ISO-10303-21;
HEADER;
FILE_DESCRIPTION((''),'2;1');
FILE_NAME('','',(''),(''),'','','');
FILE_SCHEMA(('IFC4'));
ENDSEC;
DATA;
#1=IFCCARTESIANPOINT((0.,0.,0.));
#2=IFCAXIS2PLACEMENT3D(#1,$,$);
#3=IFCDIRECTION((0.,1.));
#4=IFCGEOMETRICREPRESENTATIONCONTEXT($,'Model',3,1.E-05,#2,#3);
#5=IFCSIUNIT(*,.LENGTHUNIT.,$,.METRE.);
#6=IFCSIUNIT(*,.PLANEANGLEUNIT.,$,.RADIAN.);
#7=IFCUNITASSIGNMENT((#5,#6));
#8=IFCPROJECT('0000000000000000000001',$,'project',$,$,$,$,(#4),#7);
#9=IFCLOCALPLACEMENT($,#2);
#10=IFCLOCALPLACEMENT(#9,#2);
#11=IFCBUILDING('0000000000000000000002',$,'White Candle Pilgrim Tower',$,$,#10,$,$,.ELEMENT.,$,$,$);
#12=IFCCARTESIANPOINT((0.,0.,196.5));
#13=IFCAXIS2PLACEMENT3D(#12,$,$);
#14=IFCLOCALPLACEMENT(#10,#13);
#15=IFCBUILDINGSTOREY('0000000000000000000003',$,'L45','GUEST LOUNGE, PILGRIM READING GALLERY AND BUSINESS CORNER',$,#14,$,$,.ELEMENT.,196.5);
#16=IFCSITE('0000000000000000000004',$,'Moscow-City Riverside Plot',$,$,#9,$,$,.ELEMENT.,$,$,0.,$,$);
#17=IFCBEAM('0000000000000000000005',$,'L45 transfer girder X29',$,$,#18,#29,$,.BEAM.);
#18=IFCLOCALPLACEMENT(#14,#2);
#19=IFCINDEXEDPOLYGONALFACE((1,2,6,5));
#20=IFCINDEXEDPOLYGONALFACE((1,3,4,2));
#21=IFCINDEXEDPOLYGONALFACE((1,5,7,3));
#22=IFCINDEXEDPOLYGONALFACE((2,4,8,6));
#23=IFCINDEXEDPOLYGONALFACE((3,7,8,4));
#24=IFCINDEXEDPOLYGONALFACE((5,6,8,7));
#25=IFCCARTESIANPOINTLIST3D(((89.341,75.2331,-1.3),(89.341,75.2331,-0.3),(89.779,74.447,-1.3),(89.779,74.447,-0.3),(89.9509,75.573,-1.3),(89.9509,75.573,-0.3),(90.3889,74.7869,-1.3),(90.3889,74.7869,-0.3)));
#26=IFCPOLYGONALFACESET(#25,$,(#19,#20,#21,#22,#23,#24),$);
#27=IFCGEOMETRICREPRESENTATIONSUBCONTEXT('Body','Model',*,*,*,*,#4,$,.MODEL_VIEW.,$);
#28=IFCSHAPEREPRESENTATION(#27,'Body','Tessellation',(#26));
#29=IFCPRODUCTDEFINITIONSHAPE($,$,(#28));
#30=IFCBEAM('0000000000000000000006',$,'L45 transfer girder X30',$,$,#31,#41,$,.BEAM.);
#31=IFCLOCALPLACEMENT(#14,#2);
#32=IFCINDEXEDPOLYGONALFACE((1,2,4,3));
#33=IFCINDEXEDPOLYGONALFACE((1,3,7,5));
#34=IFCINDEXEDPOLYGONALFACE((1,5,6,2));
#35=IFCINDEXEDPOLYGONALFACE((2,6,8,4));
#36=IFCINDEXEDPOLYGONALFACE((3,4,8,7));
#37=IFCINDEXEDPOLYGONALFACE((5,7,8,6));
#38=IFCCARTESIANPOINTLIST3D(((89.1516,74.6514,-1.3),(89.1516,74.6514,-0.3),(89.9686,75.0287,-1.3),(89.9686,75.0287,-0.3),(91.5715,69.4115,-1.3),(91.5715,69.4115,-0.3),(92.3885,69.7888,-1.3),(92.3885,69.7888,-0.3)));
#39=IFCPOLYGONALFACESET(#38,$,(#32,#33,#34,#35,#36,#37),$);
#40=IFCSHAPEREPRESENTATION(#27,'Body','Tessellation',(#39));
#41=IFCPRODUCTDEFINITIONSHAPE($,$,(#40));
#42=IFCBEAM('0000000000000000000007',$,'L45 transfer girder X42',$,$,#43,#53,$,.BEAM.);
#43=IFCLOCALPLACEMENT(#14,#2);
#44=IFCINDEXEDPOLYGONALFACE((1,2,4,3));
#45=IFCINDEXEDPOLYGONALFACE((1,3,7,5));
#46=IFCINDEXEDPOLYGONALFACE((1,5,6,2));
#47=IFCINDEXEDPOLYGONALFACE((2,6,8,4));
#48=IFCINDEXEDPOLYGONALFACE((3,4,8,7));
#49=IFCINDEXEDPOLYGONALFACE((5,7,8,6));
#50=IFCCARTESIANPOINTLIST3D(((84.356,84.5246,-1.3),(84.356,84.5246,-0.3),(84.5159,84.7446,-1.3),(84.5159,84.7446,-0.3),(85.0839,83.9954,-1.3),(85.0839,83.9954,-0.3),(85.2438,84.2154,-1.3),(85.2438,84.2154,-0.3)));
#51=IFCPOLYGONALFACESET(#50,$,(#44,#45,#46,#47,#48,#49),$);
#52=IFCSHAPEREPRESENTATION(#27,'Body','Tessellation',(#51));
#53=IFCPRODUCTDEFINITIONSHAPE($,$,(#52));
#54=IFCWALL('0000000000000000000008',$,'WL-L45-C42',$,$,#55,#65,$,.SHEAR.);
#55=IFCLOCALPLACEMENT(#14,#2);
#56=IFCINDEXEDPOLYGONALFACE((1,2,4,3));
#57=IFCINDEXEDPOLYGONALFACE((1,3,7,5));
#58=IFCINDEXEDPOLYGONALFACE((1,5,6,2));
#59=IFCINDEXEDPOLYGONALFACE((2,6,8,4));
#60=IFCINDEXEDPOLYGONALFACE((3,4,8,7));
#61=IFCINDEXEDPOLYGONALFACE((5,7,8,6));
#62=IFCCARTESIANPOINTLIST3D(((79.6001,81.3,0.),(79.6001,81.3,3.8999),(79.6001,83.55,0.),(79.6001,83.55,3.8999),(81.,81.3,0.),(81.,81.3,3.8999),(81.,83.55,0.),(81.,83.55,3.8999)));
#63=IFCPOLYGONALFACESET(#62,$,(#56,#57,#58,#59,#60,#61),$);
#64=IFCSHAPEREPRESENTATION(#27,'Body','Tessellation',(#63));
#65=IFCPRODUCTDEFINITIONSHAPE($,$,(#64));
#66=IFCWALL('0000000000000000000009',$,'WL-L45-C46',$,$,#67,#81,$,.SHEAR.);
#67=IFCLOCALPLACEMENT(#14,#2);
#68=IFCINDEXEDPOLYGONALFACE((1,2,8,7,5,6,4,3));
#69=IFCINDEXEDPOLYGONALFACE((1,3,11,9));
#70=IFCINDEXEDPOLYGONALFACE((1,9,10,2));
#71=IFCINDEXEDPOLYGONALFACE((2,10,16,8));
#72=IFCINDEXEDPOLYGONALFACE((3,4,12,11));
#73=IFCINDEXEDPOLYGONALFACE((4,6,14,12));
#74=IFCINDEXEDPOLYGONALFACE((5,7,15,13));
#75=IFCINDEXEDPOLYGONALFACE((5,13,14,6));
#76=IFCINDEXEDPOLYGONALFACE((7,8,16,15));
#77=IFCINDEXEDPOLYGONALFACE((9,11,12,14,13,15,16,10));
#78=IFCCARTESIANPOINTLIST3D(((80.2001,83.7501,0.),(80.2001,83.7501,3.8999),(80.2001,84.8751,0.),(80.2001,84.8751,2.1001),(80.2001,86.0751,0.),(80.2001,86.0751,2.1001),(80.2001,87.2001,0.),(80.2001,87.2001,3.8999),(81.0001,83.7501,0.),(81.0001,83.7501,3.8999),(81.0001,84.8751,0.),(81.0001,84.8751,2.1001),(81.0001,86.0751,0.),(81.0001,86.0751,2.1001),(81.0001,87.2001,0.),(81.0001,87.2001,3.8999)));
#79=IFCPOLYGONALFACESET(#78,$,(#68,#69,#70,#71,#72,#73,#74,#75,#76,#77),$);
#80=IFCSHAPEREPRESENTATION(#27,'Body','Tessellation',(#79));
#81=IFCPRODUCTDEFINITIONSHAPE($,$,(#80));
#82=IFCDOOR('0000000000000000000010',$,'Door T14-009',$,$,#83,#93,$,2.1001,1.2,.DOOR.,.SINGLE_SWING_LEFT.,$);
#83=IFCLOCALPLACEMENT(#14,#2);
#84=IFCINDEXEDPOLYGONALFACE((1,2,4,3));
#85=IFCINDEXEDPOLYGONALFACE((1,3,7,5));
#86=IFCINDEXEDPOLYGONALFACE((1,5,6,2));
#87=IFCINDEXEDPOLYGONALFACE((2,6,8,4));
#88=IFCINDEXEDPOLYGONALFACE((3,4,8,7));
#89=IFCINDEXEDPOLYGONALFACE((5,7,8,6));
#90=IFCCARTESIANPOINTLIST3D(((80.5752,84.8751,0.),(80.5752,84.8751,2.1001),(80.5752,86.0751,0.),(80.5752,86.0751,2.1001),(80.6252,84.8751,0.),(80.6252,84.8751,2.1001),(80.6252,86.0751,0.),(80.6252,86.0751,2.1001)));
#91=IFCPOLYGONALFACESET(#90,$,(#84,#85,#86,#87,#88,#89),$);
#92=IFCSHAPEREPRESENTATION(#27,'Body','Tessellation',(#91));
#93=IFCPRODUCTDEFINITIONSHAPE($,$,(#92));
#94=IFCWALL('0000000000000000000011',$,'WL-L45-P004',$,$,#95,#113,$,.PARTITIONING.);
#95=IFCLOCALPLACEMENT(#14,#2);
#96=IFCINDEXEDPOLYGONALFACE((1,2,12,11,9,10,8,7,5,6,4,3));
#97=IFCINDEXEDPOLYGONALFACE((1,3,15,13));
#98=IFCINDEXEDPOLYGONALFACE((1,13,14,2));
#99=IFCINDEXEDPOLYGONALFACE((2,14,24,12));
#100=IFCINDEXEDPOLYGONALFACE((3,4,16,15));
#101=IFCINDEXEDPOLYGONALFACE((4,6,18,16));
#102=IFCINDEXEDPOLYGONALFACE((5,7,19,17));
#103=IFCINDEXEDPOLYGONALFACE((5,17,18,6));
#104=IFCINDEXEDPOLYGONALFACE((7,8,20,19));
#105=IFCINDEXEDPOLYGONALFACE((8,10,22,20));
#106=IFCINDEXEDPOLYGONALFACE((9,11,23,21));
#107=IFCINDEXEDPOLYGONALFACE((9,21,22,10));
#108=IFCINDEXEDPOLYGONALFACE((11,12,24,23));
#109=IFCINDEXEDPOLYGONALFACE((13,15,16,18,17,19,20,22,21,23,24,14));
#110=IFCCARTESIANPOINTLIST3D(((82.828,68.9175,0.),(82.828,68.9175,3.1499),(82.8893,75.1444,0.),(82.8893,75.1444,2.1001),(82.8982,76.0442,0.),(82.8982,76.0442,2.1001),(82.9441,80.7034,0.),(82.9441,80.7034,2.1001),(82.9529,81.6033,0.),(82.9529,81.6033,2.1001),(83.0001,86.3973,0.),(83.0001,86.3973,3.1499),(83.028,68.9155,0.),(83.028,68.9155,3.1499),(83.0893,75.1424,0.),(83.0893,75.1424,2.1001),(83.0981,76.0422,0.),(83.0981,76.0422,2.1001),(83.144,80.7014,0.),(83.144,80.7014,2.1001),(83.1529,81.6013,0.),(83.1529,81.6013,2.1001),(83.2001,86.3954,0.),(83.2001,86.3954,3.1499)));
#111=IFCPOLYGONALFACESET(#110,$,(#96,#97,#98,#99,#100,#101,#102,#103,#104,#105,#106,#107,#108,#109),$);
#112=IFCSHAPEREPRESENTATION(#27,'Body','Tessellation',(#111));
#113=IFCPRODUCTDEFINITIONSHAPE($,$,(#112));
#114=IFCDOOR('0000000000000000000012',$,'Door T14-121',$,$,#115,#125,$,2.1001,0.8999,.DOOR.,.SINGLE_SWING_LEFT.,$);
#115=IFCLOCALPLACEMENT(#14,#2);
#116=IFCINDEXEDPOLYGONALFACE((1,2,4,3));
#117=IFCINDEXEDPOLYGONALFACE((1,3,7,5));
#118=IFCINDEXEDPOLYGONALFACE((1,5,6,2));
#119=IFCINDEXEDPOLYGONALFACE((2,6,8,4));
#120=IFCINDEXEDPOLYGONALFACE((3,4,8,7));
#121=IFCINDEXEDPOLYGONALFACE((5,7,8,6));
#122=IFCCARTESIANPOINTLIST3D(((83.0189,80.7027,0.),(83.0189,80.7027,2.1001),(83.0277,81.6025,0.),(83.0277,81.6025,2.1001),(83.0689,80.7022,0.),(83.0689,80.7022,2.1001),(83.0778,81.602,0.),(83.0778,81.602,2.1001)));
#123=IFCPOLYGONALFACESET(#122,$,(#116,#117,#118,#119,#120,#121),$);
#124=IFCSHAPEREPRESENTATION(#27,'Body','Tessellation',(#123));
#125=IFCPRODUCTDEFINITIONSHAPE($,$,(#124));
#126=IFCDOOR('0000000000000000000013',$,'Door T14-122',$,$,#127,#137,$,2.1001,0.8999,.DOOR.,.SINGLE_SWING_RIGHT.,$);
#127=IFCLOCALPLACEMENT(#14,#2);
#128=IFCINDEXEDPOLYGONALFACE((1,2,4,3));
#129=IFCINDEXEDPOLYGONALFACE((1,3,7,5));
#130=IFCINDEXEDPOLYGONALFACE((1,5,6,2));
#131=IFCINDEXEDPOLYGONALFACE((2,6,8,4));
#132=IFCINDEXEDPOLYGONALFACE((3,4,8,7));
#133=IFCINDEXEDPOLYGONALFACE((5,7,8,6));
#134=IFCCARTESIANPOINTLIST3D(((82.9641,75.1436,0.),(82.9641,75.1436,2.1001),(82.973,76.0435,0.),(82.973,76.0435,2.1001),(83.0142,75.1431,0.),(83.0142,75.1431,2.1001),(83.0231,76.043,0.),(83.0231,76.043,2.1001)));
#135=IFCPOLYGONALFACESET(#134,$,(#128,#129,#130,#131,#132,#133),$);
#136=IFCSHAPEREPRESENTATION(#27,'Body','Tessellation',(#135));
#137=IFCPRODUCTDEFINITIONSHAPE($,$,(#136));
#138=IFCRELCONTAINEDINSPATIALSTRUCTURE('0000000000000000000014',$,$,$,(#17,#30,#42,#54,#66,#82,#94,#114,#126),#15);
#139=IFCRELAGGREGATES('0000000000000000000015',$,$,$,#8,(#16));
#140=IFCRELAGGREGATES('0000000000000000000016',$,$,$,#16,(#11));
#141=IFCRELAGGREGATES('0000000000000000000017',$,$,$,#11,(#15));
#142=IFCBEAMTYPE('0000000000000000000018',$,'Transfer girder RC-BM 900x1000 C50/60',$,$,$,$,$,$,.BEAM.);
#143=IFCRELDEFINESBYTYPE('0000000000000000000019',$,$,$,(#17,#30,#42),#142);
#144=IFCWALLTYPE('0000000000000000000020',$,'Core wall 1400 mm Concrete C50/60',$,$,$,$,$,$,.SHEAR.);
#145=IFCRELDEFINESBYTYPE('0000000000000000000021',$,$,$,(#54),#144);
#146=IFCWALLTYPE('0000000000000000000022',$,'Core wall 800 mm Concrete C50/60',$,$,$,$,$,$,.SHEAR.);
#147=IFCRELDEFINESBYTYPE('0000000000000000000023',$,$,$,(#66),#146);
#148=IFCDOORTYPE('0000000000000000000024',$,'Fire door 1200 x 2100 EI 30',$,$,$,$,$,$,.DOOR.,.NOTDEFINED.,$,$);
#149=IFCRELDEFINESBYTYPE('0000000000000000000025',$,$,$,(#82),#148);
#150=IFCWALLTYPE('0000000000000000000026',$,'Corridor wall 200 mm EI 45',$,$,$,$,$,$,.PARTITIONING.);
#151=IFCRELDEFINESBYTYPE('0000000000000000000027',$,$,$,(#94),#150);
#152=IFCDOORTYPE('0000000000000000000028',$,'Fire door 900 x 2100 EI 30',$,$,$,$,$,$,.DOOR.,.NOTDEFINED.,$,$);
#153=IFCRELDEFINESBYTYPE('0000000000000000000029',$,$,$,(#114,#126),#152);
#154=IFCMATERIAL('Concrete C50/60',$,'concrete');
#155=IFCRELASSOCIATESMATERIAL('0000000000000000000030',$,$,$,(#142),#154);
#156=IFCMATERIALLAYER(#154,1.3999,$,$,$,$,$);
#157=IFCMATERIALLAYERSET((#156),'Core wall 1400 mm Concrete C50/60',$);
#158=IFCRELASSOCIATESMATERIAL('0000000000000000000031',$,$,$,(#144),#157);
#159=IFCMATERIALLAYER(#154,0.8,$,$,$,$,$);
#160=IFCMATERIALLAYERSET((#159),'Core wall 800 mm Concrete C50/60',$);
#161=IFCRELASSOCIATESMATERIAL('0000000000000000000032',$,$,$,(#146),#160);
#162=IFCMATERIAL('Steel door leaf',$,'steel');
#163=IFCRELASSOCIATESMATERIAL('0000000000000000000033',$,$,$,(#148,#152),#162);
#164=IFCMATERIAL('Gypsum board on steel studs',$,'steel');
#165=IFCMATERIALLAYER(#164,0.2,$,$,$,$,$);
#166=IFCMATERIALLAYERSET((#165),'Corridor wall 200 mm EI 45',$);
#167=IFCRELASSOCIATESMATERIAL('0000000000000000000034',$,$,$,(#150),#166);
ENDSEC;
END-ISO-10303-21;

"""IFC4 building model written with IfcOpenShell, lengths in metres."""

from ifc_helpers import new_model, si_unit, direction, frame, frame_2d, origin, origin_2d, place, context, subcontext, project, spatial, rectangle, extrude, material, layer, layer_set, material_profile, profile_set, type_object, element, fill, save


model = new_model("IFC4")

# Units and contexts
model_context = context("Model", 3, precision=1e-05, world=origin(), true_north=direction((0.0, 1.0)))
body_context = subcontext(model_context, "Body", "Model", "MODEL_VIEW")
ifc_project = project(units=[si_unit("LENGTHUNIT", "METRE"), si_unit("PLANEANGLEUNIT", "RADIAN")], contexts=[model_context])

# Site, building, storey
site_placement = place(None, origin())
site = spatial("IfcSite", under=ifc_project, at=site_placement, Name="Moscow-City Riverside Plot", CompositionType="ELEMENT", RefElevation=0.0)
building_placement = place(site_placement, origin())
building = spatial("IfcBuilding", under=site, at=building_placement, Name="White Candle Pilgrim Tower", CompositionType="ELEMENT")
storey_placement = place(building_placement, frame((0.0, 0.0, 196.5)))
storey = spatial("IfcBuildingStorey", under=building, at=storey_placement, Name="L45", Description="GUEST LOUNGE, PILGRIM READING GALLERY AND BUSINESS CORNER", CompositionType="ELEMENT", Elevation=196.5)

# Beams
ifc_material_1 = material(Name="Concrete C50/60", Category="concrete")
ifc_material_profile_1 = material_profile(ifc_material_1, rectangle(XDim=0.8999, YDim=1.0, at=origin_2d()), Name="RC-BM 900x1000")
ifc_profile_set_1 = profile_set([ifc_material_profile_1], Name="Concrete C50/60")
beam_type_1 = type_object("IfcBeamType", Name="Transfer girder RC-BM 900x1000 C50/60", PredefinedType="BEAM", material=ifc_profile_set_1)
beam_1_placement = place(storey_placement, frame((90.1699, 75.1799, -0.8), z_axis=(-0.87353, -0.486771, 0.0), x_axis=(0.486771, -0.87353, 0.0)))
element("IfcBeam", 1, at=beam_1_placement, inside=storey, type_object=beam_type_1, Name="L45 transfer girder X29", PredefinedType="BEAM", context=body_context, shape_type="SweptSolid", body=[
    extrude(rectangle(XDim=0.8999, YDim=1.0, at=origin_2d()), origin(), (0.0, 0.0, 1.0), 0.6982),
])
beam_2_placement = place(storey_placement, frame((89.5601, 74.8401, -0.8), z_axis=(0.419267, -0.907863, 0.0), x_axis=(0.907863, 0.419267, 0.0)))
element("IfcBeam", 2, at=beam_2_placement, inside=storey, type_object=beam_type_1, Name="L45 transfer girder X30", PredefinedType="BEAM", context=body_context, shape_type="SweptSolid", body=[
    extrude(rectangle(XDim=0.8999, YDim=1.0, at=origin_2d()), origin(), (0.0, 0.0, 1.0), 5.7717),
])
beam_3_placement = place(storey_placement, frame((84.8799, 84.48, -0.8), z_axis=(-0.588012, -0.808853, 0.0), x_axis=(0.808853, -0.588012, 0.0)))
element("IfcBeam", 3, at=beam_3_placement, inside=storey, type_object=beam_type_1, Name="L45 transfer girder X42", PredefinedType="BEAM", context=body_context, shape_type="SweptSolid", body=[
    extrude(rectangle(XDim=0.8999, YDim=1.0, at=origin_2d()), origin(), (0.0, 0.0, 1.0), 0.272),
])

# Wall
ifc_layer_1 = layer(ifc_material_1, 1.3999)
ifc_layer_set_1 = layer_set([ifc_layer_1], Name="Core wall 1400 mm Concrete C50/60")
wall_type_1 = type_object("IfcWallType", Name="Core wall 1400 mm Concrete C50/60", PredefinedType="SHEAR", material=ifc_layer_set_1)
wall_1_placement = place(storey_placement, frame((80.3, 81.3, 0.0), z_axis=(0.0, 0.0, 1.0), x_axis=(0.0, 1.0, 0.0)))
element("IfcWall", 4, at=wall_1_placement, inside=storey, type_object=wall_type_1, Name="WL-L45-C42", PredefinedType="SHEAR", context=body_context, shape_type="SweptSolid", body=[
    extrude(rectangle(XDim=2.25, YDim=1.3999, at=frame_2d((1.125, 0.0))), origin(), (0.0, 0.0, 1.0), 3.8999),
])

# Wall, opening, door
ifc_layer_2 = layer(ifc_material_1, 0.8)
ifc_layer_set_2 = layer_set([ifc_layer_2], Name="Core wall 800 mm Concrete C50/60")
wall_type_2 = type_object("IfcWallType", Name="Core wall 800 mm Concrete C50/60", PredefinedType="SHEAR", material=ifc_layer_set_2)
wall_2_placement = place(storey_placement, frame((80.6001, 83.75, 0.0), z_axis=(0.0, 0.0, 1.0), x_axis=(0.0, 1.0, 0.0)))
wall_2 = element("IfcWall", 5, at=wall_2_placement, inside=storey, type_object=wall_type_2, Name="WL-L45-C46", PredefinedType="SHEAR", context=body_context, shape_type="SweptSolid", body=[
    extrude(rectangle(XDim=3.45, YDim=0.8, at=frame_2d((1.7251, 0.0))), origin(), (0.0, 0.0, 1.0), 3.8999),
])
opening_1_placement = place(wall_2_placement, frame((1.125, 0.0, 0.0)))
opening_1 = element("IfcOpeningElement", 6, at=opening_1_placement, cuts=wall_2, PredefinedType="OPENING", context=body_context, shape_type="SweptSolid", body=[
    extrude(rectangle(XDim=1.2, YDim=2.1001, at=frame_2d((0.6001, 1.05))), frame((0.0, 0.4099, 0.0), z_axis=(0.0, -1.0, 0.0), x_axis=(1.0, 0.0, 0.0)), (0.0, 0.0, 1.0), 0.8201),
])
ifc_material_2 = material(Name="Steel door leaf", Category="steel")
door_type_1 = type_object("IfcDoorType", Name="Fire door 1200 x 2100 EI 30", OperationType="NOTDEFINED", PredefinedType="DOOR", material=ifc_material_2)
door_1_placement = place(opening_1_placement, origin())
door_1 = element("IfcDoor", 7, at=door_1_placement, inside=storey, type_object=door_type_1, Name="Door T14-009", OperationType="SINGLE_SWING_LEFT", OverallHeight=2.1001, OverallWidth=1.2, PredefinedType="DOOR", context=body_context, shape_type="SweptSolid", body=[
    extrude(rectangle(XDim=1.2, YDim=2.1001, at=frame_2d((0.6001, 1.05))), frame((0.0, 0.0249, 0.0), z_axis=(0.0, -1.0, 0.0), x_axis=(1.0, 0.0, 0.0)), (0.0, 0.0, 1.0), 0.05),
])
fill(opening_1, door_1)

# Wall, openings, doors
ifc_material_3 = material(Name="Gypsum board on steel studs", Category="steel")
ifc_layer_3 = layer(ifc_material_3, 0.2)
ifc_layer_set_3 = layer_set([ifc_layer_3], Name="Corridor wall 200 mm EI 45")
wall_type_3 = type_object("IfcWallType", Name="Corridor wall 200 mm EI 45", PredefinedType="PARTITIONING", material=ifc_layer_set_3)
wall_3_placement = place(storey_placement, frame((83.1001, 86.3962, 0.0), z_axis=(0.0, 0.0, 1.0), x_axis=(-0.009846, -0.999952, 0.0)))
wall_3 = element("IfcWall", 8, at=wall_3_placement, inside=storey, type_object=wall_type_3, Name="WL-L45-P004", PredefinedType="PARTITIONING", context=body_context, shape_type="SweptSolid", body=[
    extrude(rectangle(XDim=17.4807, YDim=0.2, at=frame_2d((8.7402, 0.0))), origin(), (0.0, 0.0, 1.0), 3.1499),
])
opening_2_placement = place(wall_3_placement, frame((4.7942, 0.0, 0.0)))
opening_2 = element("IfcOpeningElement", 9, at=opening_2_placement, cuts=wall_3, PredefinedType="OPENING", context=body_context, shape_type="SweptSolid", body=[
    extrude(rectangle(XDim=0.8999, YDim=2.1001, at=frame_2d((0.45, 1.05))), frame((0.0, 0.1099, 0.0), z_axis=(0.0, -1.0, 0.0), x_axis=(1.0, 0.0, 0.0)), (0.0, 0.0, 1.0), 0.22),
])
opening_3_placement = place(wall_3_placement, frame((10.3535, 0.0, 0.0)))
opening_3 = element("IfcOpeningElement", 10, at=opening_3_placement, cuts=wall_3, PredefinedType="OPENING", context=body_context, shape_type="SweptSolid", body=[
    extrude(rectangle(XDim=0.8999, YDim=2.1001, at=frame_2d((0.45, 1.05))), frame((0.0, 0.1099, 0.0), z_axis=(0.0, -1.0, 0.0), x_axis=(1.0, 0.0, 0.0)), (0.0, 0.0, 1.0), 0.22),
])
door_type_2 = type_object("IfcDoorType", Name="Fire door 900 x 2100 EI 30", OperationType="NOTDEFINED", PredefinedType="DOOR", material=ifc_material_2)
door_2_placement = place(opening_2_placement, origin())
door_2 = element("IfcDoor", 11, at=door_2_placement, inside=storey, type_object=door_type_2, Name="Door T14-121", OperationType="SINGLE_SWING_LEFT", OverallHeight=2.1001, OverallWidth=0.8999, PredefinedType="DOOR", context=body_context, shape_type="SweptSolid", body=[
    extrude(rectangle(XDim=0.8999, YDim=2.1001, at=frame_2d((0.45, 1.05))), frame((0.0, 0.0249, 0.0), z_axis=(0.0, -1.0, 0.0), x_axis=(1.0, 0.0, 0.0)), (0.0, 0.0, 1.0), 0.05),
])
fill(opening_2, door_2)
door_3_placement = place(opening_3_placement, origin())
door_3 = element("IfcDoor", 12, at=door_3_placement, inside=storey, type_object=door_type_2, Name="Door T14-122", OperationType="SINGLE_SWING_RIGHT", OverallHeight=2.1001, OverallWidth=0.8999, PredefinedType="DOOR", context=body_context, shape_type="SweptSolid", body=[
    extrude(rectangle(XDim=0.8999, YDim=2.1001, at=frame_2d((0.45, 1.05))), frame((0.0, 0.0249, 0.0), z_axis=(0.0, -1.0, 0.0), x_axis=(1.0, 0.0, 0.0)), (0.0, 0.0, 1.0), 0.05),
])
fill(opening_3, door_3)

save(model, "model.ifc")
